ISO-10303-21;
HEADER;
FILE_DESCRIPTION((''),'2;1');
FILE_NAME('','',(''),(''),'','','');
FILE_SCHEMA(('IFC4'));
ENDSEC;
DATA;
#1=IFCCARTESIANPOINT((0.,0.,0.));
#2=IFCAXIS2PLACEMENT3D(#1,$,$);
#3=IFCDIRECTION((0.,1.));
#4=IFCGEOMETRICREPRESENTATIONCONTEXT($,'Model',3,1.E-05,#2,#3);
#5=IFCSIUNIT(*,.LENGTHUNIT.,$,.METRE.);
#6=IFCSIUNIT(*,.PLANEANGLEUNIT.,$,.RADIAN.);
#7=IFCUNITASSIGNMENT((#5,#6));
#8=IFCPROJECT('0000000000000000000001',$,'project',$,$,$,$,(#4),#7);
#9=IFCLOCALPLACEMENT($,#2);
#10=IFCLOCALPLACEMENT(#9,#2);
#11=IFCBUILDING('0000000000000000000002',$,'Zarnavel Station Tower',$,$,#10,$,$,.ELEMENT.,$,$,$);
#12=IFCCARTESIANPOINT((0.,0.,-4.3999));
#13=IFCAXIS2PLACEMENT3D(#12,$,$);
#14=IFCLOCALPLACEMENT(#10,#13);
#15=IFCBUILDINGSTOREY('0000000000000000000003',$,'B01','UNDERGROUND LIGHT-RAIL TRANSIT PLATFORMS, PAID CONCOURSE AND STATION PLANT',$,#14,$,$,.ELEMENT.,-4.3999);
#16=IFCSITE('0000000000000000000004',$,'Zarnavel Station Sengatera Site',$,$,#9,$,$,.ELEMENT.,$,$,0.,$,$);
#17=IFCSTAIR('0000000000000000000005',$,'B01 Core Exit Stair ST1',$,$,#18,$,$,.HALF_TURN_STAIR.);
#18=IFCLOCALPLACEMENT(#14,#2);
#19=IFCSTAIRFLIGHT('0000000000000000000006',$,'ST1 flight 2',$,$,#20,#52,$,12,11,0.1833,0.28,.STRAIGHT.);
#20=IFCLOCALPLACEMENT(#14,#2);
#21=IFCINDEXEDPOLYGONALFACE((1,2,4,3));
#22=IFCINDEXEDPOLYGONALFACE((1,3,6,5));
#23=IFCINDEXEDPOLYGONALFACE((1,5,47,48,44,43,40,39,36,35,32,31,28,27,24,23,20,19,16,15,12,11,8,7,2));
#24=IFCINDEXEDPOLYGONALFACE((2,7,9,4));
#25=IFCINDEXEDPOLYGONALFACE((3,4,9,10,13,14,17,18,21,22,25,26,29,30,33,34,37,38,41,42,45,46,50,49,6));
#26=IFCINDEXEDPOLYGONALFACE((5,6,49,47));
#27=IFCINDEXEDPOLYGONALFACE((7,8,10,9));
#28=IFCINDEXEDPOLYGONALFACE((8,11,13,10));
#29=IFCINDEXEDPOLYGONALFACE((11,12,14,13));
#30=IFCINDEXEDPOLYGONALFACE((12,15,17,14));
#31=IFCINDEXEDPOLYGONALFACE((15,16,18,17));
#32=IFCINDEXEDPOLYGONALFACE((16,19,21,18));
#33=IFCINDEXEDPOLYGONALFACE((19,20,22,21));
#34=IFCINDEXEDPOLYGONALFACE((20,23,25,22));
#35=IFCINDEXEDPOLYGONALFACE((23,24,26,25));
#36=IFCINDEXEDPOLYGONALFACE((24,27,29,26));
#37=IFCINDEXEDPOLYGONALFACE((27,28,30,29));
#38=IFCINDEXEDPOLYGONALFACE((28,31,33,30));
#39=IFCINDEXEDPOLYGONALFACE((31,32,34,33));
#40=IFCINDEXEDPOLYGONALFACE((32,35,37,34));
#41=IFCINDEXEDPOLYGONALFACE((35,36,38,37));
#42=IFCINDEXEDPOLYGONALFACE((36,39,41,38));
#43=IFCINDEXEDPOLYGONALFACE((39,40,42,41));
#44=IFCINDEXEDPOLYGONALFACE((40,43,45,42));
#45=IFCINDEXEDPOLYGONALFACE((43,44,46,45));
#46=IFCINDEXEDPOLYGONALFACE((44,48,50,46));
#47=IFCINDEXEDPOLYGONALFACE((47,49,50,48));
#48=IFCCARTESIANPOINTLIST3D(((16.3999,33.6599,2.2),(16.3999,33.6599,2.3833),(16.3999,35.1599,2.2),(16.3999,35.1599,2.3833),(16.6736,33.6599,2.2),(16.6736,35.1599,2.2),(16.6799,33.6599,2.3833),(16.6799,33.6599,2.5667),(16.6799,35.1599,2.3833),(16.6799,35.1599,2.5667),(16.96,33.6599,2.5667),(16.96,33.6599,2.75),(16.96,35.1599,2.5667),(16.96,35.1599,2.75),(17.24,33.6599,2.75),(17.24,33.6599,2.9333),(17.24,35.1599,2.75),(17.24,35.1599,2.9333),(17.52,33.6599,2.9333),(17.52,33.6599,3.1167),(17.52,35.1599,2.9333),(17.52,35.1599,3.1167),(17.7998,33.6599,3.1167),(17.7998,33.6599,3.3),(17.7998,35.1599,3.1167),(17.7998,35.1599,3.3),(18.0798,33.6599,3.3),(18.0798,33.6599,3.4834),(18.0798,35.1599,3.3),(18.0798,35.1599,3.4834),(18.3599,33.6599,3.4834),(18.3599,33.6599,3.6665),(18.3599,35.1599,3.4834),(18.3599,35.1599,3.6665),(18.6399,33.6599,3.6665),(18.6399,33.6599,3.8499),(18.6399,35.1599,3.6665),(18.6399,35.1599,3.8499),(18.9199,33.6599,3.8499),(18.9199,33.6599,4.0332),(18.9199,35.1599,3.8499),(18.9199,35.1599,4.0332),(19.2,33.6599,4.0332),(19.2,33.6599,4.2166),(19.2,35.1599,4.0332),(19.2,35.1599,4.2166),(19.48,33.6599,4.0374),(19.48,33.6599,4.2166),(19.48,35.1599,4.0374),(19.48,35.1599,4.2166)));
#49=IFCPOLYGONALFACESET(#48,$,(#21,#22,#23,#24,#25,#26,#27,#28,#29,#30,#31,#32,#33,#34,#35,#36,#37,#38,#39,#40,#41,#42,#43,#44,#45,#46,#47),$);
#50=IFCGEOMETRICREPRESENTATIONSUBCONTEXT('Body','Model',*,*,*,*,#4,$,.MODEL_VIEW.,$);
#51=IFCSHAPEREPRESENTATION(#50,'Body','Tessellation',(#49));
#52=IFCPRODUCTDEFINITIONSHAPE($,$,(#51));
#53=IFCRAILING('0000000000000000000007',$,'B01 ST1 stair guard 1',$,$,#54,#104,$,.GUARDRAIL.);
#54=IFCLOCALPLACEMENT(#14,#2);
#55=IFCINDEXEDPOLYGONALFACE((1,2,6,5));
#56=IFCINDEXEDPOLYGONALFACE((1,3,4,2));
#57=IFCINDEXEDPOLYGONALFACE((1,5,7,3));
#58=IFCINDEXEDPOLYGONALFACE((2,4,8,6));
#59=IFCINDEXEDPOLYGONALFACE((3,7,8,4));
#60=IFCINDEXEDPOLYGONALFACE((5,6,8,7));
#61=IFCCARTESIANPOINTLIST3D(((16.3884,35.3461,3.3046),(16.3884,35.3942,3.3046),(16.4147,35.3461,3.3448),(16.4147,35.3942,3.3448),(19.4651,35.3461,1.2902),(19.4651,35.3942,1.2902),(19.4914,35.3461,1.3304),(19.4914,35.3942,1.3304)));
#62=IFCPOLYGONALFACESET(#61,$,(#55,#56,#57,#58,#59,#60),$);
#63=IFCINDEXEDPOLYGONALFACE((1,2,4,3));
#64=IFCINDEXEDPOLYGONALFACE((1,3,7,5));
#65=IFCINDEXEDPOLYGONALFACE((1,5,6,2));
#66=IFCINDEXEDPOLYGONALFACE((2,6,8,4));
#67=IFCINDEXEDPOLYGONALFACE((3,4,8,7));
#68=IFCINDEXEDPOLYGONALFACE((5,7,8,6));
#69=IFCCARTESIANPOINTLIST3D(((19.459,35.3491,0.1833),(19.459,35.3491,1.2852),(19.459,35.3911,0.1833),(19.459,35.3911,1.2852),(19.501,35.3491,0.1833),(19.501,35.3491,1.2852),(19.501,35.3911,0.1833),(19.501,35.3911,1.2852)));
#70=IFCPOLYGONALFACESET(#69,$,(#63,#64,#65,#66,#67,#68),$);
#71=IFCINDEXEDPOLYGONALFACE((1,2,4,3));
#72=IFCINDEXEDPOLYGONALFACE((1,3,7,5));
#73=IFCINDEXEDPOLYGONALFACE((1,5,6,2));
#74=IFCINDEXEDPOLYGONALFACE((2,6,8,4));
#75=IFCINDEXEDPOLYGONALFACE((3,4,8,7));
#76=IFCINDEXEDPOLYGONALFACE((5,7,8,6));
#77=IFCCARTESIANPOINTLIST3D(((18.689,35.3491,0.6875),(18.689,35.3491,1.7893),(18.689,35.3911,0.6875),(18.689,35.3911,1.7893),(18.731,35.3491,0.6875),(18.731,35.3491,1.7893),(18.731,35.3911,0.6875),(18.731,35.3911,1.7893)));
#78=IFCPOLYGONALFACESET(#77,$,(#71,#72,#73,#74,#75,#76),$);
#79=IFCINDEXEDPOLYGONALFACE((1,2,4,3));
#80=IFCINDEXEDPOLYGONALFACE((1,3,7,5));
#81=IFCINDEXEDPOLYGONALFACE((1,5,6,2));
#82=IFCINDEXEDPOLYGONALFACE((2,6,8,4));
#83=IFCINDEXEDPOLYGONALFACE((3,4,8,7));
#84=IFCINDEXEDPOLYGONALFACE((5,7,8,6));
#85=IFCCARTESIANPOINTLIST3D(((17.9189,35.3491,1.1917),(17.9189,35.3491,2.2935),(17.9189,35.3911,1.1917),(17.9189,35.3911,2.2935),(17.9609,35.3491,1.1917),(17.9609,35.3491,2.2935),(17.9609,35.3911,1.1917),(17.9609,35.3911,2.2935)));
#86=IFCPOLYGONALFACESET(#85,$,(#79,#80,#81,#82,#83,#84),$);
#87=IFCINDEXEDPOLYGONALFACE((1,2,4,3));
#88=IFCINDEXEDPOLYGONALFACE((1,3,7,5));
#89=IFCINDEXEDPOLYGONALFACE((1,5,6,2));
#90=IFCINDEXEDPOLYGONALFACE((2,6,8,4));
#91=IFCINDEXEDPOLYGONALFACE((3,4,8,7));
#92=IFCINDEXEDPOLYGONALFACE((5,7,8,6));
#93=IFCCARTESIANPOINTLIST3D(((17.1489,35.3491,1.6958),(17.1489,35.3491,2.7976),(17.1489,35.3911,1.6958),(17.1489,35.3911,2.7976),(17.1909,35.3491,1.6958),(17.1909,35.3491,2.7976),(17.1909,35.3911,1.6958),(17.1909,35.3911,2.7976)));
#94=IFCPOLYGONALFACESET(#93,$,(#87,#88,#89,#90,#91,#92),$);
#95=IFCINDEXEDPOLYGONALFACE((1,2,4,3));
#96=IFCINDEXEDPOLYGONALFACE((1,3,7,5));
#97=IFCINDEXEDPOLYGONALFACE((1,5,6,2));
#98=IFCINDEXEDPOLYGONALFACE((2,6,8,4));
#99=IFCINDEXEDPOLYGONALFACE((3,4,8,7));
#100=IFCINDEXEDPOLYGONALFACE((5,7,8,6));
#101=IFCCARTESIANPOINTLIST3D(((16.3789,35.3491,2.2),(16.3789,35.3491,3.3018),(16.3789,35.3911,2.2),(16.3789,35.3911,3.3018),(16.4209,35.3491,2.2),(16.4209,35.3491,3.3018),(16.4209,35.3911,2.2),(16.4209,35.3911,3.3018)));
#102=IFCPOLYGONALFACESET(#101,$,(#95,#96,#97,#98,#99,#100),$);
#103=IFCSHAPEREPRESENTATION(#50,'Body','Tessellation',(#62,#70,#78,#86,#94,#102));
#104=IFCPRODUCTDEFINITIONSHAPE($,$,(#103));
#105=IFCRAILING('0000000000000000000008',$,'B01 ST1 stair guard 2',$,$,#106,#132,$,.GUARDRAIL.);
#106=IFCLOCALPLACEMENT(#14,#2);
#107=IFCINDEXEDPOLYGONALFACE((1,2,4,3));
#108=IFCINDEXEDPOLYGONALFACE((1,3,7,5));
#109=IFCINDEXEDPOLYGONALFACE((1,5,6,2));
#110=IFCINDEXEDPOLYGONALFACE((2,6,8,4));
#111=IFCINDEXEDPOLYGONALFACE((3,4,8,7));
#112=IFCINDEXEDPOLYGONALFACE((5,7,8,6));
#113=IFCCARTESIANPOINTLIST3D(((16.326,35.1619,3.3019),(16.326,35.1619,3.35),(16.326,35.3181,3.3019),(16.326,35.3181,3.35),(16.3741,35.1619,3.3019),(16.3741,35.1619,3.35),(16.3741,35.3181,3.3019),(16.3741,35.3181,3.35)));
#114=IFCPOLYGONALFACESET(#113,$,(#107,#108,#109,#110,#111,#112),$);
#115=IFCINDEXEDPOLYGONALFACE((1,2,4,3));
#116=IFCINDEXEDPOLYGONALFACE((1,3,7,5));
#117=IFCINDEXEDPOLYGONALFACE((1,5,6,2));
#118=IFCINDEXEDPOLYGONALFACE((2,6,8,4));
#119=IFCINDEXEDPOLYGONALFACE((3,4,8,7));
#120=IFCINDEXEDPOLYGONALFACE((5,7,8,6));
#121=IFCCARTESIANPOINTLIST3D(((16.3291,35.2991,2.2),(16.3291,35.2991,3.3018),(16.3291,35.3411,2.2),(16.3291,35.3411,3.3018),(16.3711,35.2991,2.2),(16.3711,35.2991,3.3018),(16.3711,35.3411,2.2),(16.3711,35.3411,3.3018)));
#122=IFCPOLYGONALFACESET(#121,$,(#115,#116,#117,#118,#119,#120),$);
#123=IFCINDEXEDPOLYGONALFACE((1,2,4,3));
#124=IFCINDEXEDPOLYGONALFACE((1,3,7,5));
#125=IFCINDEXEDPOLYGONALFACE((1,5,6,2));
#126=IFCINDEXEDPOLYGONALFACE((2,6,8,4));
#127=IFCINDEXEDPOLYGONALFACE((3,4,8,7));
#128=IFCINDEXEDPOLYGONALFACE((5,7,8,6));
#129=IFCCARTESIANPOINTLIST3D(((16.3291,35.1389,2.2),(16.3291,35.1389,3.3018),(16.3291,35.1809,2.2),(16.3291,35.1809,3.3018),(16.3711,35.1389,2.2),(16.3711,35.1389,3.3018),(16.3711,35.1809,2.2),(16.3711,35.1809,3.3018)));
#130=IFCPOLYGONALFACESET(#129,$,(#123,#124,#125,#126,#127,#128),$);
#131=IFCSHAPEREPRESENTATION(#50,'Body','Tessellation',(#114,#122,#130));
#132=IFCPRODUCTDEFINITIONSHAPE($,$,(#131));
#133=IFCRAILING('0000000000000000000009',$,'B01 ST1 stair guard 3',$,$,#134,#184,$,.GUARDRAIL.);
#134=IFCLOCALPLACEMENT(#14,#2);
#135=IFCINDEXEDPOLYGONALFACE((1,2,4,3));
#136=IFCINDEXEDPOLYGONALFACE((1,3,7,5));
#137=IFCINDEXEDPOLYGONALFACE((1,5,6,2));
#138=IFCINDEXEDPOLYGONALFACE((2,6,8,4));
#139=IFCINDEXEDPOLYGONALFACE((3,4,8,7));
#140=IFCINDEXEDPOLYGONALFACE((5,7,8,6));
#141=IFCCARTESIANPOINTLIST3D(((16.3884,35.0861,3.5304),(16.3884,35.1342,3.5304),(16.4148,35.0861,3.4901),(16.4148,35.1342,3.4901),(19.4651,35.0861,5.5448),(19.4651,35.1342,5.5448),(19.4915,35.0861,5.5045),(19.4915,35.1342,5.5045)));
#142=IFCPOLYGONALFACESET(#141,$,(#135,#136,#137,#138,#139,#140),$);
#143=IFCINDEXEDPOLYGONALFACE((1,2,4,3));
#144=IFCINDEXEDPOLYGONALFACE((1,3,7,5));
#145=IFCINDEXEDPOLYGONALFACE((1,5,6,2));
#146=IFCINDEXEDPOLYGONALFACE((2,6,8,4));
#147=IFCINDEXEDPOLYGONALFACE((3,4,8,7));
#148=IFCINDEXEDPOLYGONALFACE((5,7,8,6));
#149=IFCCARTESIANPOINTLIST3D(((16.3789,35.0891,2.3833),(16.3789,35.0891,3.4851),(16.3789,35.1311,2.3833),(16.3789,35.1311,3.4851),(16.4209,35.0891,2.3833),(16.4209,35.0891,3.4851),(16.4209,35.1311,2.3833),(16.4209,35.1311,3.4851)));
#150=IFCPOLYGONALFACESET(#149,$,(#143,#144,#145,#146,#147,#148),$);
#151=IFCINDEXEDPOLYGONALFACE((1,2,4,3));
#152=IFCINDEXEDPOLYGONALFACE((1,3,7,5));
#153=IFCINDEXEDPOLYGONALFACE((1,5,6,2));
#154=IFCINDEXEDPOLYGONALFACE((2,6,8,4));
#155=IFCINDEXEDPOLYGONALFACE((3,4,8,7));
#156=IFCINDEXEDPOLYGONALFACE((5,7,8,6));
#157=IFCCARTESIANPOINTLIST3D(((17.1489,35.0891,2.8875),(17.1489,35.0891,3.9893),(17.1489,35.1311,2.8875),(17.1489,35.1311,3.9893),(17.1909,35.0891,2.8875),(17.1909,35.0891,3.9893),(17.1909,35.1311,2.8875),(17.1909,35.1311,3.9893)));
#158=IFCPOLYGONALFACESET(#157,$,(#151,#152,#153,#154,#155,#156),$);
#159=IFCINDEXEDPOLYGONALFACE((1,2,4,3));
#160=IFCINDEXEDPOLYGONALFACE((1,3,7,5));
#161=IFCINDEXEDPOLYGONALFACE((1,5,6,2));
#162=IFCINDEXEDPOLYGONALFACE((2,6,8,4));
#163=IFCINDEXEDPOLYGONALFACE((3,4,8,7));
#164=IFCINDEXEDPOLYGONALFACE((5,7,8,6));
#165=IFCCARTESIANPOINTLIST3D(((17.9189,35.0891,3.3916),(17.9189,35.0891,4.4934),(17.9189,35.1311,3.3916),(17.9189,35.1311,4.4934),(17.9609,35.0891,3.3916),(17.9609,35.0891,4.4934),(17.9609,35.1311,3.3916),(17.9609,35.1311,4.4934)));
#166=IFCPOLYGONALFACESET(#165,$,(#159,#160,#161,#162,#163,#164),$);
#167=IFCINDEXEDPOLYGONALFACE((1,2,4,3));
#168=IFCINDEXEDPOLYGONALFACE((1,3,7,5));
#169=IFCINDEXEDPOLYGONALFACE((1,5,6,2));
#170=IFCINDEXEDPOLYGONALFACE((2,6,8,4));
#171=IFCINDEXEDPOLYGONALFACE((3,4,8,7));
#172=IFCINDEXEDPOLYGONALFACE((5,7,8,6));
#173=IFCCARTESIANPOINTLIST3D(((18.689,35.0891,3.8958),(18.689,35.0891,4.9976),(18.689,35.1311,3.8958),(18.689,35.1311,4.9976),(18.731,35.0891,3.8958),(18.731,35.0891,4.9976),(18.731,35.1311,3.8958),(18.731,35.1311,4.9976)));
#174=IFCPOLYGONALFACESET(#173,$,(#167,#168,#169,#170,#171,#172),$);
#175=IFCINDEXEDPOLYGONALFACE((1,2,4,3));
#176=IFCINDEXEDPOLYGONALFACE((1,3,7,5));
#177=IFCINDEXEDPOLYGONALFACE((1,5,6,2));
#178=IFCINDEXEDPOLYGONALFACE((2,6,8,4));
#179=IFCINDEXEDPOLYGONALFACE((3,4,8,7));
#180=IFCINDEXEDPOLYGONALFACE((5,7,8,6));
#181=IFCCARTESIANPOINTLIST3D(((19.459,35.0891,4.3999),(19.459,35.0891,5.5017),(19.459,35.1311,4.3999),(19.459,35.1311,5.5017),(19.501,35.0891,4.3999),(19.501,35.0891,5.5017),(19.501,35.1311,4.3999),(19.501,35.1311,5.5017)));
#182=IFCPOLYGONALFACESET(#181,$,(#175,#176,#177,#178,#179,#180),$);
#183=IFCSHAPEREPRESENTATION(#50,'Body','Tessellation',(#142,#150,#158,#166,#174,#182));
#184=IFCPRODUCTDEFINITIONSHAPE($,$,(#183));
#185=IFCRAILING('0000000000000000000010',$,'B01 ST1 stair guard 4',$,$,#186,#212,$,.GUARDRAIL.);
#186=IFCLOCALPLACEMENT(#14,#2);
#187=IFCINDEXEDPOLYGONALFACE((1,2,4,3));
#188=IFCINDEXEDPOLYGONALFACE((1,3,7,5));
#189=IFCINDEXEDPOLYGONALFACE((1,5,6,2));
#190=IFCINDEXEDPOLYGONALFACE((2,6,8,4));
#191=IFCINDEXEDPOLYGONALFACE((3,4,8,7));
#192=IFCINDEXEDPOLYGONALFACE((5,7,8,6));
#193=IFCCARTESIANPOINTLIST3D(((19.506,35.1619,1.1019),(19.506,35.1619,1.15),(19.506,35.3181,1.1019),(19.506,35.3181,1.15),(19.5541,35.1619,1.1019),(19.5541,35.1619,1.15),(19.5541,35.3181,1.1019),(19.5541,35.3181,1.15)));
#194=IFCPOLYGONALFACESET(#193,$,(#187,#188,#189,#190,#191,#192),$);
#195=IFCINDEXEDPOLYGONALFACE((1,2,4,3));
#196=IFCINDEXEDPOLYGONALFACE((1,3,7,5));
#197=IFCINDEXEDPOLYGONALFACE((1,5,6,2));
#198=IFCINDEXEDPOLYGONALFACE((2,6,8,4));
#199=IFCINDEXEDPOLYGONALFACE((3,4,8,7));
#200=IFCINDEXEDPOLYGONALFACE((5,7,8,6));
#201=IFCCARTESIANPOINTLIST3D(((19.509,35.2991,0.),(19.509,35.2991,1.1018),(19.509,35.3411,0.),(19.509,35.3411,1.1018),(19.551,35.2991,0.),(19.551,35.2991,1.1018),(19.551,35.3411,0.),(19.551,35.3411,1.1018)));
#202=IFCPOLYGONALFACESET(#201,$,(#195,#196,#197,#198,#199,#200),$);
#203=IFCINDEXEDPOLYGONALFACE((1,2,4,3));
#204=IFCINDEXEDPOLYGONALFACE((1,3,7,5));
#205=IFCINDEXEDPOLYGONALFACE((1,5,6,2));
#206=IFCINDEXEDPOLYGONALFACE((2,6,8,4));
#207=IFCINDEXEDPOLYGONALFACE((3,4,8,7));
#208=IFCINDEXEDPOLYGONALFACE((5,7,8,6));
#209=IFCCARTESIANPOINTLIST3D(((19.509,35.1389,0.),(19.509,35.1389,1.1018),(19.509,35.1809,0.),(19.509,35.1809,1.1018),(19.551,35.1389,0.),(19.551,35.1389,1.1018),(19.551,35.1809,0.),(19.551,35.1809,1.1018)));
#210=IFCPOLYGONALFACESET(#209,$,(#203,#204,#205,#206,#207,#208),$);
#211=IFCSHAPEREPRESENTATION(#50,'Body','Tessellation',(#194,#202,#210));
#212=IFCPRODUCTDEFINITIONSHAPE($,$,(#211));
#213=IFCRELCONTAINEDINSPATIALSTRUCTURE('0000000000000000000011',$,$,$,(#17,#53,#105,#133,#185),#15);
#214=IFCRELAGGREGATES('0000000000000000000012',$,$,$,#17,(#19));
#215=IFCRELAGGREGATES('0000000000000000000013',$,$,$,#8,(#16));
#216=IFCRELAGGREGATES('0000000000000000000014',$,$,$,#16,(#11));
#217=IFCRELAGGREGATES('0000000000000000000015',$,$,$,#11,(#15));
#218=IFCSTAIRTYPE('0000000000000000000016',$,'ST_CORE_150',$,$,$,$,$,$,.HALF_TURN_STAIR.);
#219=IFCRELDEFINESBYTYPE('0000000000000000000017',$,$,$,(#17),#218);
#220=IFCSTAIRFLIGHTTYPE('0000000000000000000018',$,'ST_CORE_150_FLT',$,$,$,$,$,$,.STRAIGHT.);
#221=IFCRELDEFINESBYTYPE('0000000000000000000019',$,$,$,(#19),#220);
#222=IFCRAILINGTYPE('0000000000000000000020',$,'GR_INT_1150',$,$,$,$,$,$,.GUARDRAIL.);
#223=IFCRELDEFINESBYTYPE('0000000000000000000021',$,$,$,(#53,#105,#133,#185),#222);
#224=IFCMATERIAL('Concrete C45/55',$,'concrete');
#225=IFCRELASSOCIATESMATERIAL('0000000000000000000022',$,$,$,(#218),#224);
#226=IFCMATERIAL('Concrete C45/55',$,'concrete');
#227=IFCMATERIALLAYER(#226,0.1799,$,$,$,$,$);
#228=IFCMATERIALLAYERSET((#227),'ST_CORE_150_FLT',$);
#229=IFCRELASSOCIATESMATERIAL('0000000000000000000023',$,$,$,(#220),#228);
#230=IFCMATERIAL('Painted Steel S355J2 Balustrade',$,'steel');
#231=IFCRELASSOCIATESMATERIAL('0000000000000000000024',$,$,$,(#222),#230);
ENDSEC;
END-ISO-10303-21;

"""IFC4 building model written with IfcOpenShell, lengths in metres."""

from ifc_helpers import new_model, si_unit, direction, frame, origin, origin_2d, place, context, subcontext, project, spatial, polyline, rectangle, outline, extrude, material, layer, layer_set, type_object, element, aggregate, save


model = new_model("IFC4")

# Units and contexts
model_context = context("Model", 3, precision=1e-05, world=origin(), true_north=direction((0.0, 1.0)))
body_context = subcontext(model_context, "Body", "Model", "MODEL_VIEW")
ifc_project = project(units=[si_unit("LENGTHUNIT", "METRE"), si_unit("PLANEANGLEUNIT", "RADIAN")], contexts=[model_context])

# Site, building, storey
site_placement = place(None, origin())
site = spatial("IfcSite", under=ifc_project, at=site_placement, Name="Zarnavel Station Sengatera Site", CompositionType="ELEMENT", RefElevation=0.0)
building_placement = place(site_placement, origin())
building = spatial("IfcBuilding", under=site, at=building_placement, Name="Zarnavel Station Tower", CompositionType="ELEMENT")
storey_placement = place(building_placement, frame((0.0, 0.0, -4.3999)))
storey = spatial("IfcBuildingStorey", under=building, at=storey_placement, Name="B01", Description="UNDERGROUND LIGHT-RAIL TRANSIT PLATFORMS, PAID CONCOURSE AND STATION PLANT", CompositionType="ELEMENT", Elevation=-4.3999)

# Stair, stair flight
ifc_material_1 = material(Name="Concrete C45/55", Category="concrete")
stair_type = type_object("IfcStairType", Name="ST_CORE_150", PredefinedType="HALF_TURN_STAIR", material=ifc_material_1)
stair_placement = place(storey_placement, origin())
stair = element("IfcStair", 1, at=stair_placement, inside=storey, type_object=stair_type, Name="B01 Core Exit Stair ST1", PredefinedType="HALF_TURN_STAIR")
ifc_material_2 = material(Name="Concrete C45/55", Category="concrete")
ifc_layer_1 = layer(ifc_material_2, 0.1799)
ifc_layer_set_1 = layer_set([ifc_layer_1], Name="ST_CORE_150_FLT")
stair_flight_type = type_object("IfcStairFlightType", Name="ST_CORE_150_FLT", PredefinedType="STRAIGHT", material=ifc_layer_set_1)
stair_flight_1_placement = place(storey_placement, frame((16.3999, 34.4099, 2.2), z_axis=(0.0, 0.0, 1.0), x_axis=(1.0, 0.0, 0.0)))
stair_flight_1 = element("IfcStairFlight", 2, at=stair_flight_1_placement, type_object=stair_flight_type, Name="ST1 flight 2", NumberOfRisers=12, NumberOfTreads=11, PredefinedType="STRAIGHT", RiserHeight=0.1833, TreadLength=0.28, context=body_context, shape_type="SweptSolid", body=[
    extrude(outline(polyline([(0.0, 0.0), (0.0, 0.1833), (0.28, 0.1833), (0.28, 0.3667), (0.5601, 0.3667), (0.5601, 0.55), (0.8401, 0.55), (0.8401, 0.7334), (1.1201, 0.7334), (1.1201, 0.9167), (1.3999, 0.9167), (1.3999, 1.1001), (1.6799, 1.1001), (1.6799, 1.2834), (1.96, 1.2834), (1.96, 1.4666), (2.24, 1.4666), (2.24, 1.6499), (2.52, 1.6499), (2.52, 1.8333), (2.8, 1.8333), (2.8, 2.0166), (3.0801, 2.0166), (3.0801, 2.2), (3.0801, 1.8374), (0.2737, 0.0), (0.0, 0.0)])), frame((0.0, 0.75, 0.0), z_axis=(0.0, -1.0, 0.0), x_axis=(1.0, 0.0, 0.0)), (0.0, 0.0, 1.0), 1.5),
])
aggregate(stair, [stair_flight_1])

# Railings
ifc_material_3 = material(Name="Painted Steel S355J2 Balustrade", Category="steel")
railing_type_1 = type_object("IfcRailingType", Name="GR_INT_1150", PredefinedType="GUARDRAIL", material=ifc_material_3)
railing_1_placement = place(storey_placement, frame((19.48, 35.3701, 0.1833)))
element("IfcRailing", 3, at=railing_1_placement, inside=storey, type_object=railing_type_1, Name="B01 ST1 stair guard 1", PredefinedType="GUARDRAIL", context=body_context, shape_type="SweptSolid", body=[
    extrude(rectangle(XDim=0.0481, YDim=0.0481, at=origin_2d()), frame((-0.0017, 0.0, 1.127), z_axis=(-0.836633, 0.0, 0.547764), x_axis=(0.0, -1.0, 0.0)), (0.0, 0.0, 1.0), 3.6775),
    extrude(rectangle(XDim=0.042, YDim=0.042, at=origin_2d()), origin(), (0.0, 0.0, 1.0), 1.1018),
    extrude(rectangle(XDim=0.042, YDim=0.042, at=origin_2d()), frame((-0.77, 0.0, 0.5042)), (0.0, 0.0, 1.0), 1.1018),
    extrude(rectangle(XDim=0.042, YDim=0.042, at=origin_2d()), frame((-1.54, 0.0, 1.0083)), (0.0, 0.0, 1.0), 1.1018),
    extrude(rectangle(XDim=0.042, YDim=0.042, at=origin_2d()), frame((-2.3101, 0.0, 1.5125)), (0.0, 0.0, 1.0), 1.1018),
    extrude(rectangle(XDim=0.042, YDim=0.042, at=origin_2d()), frame((-3.0801, 0.0, 2.0166)), (0.0, 0.0, 1.0), 1.1018),
])
railing_2_placement = place(storey_placement, frame((16.3501, 35.3201, 2.2)))
element("IfcRailing", 4, at=railing_2_placement, inside=storey, type_object=railing_type_1, Name="B01 ST1 stair guard 2", PredefinedType="GUARDRAIL", context=body_context, shape_type="SweptSolid", body=[
    extrude(rectangle(XDim=0.0481, YDim=0.0481, at=origin_2d()), frame((0.0, -0.002, 1.126), z_axis=(0.0, -1.0, 0.0), x_axis=(1.0, 0.0, 0.0)), (0.0, 0.0, 1.0), 0.1562),
    extrude(rectangle(XDim=0.042, YDim=0.042, at=origin_2d()), origin(), (0.0, 0.0, 1.0), 1.1018),
    extrude(rectangle(XDim=0.042, YDim=0.042, at=origin_2d()), frame((0.0, -0.1602, 0.0)), (0.0, 0.0, 1.0), 1.1018),
])
railing_3_placement = place(storey_placement, frame((16.3999, 35.1101, 2.3833)))
element("IfcRailing", 5, at=railing_3_placement, inside=storey, type_object=railing_type_1, Name="B01 ST1 stair guard 3", PredefinedType="GUARDRAIL", context=body_context, shape_type="SweptSolid", body=[
    extrude(rectangle(XDim=0.0481, YDim=0.0481, at=origin_2d()), frame((0.0017, 0.0, 1.127), z_axis=(0.836633, 0.0, 0.547764), x_axis=(0.0, 1.0, 0.0)), (0.0, 0.0, 1.0), 3.6775),
    extrude(rectangle(XDim=0.042, YDim=0.042, at=origin_2d()), origin(), (0.0, 0.0, 1.0), 1.1018),
    extrude(rectangle(XDim=0.042, YDim=0.042, at=origin_2d()), frame((0.77, 0.0, 0.5042)), (0.0, 0.0, 1.0), 1.1018),
    extrude(rectangle(XDim=0.042, YDim=0.042, at=origin_2d()), frame((1.54, 0.0, 1.0083)), (0.0, 0.0, 1.0), 1.1018),
    extrude(rectangle(XDim=0.042, YDim=0.042, at=origin_2d()), frame((2.3101, 0.0, 1.5125)), (0.0, 0.0, 1.0), 1.1018),
    extrude(rectangle(XDim=0.042, YDim=0.042, at=origin_2d()), frame((3.0801, 0.0, 2.0166)), (0.0, 0.0, 1.0), 1.1018),
])
railing_4_placement = place(storey_placement, frame((19.53, 35.3201, 0.0)))
element("IfcRailing", 6, at=railing_4_placement, inside=storey, type_object=railing_type_1, Name="B01 ST1 stair guard 4", PredefinedType="GUARDRAIL", context=body_context, shape_type="SweptSolid", body=[
    extrude(rectangle(XDim=0.0481, YDim=0.0481, at=origin_2d()), frame((0.0, -0.002, 1.126), z_axis=(0.0, -1.0, 0.0), x_axis=(1.0, 0.0, 0.0)), (0.0, 0.0, 1.0), 0.1562),
    extrude(rectangle(XDim=0.042, YDim=0.042, at=origin_2d()), origin(), (0.0, 0.0, 1.0), 1.1018),
    extrude(rectangle(XDim=0.042, YDim=0.042, at=origin_2d()), frame((0.0, -0.1602, 0.0)), (0.0, 0.0, 1.0), 1.1018),
])

save(model, "model.ifc")
